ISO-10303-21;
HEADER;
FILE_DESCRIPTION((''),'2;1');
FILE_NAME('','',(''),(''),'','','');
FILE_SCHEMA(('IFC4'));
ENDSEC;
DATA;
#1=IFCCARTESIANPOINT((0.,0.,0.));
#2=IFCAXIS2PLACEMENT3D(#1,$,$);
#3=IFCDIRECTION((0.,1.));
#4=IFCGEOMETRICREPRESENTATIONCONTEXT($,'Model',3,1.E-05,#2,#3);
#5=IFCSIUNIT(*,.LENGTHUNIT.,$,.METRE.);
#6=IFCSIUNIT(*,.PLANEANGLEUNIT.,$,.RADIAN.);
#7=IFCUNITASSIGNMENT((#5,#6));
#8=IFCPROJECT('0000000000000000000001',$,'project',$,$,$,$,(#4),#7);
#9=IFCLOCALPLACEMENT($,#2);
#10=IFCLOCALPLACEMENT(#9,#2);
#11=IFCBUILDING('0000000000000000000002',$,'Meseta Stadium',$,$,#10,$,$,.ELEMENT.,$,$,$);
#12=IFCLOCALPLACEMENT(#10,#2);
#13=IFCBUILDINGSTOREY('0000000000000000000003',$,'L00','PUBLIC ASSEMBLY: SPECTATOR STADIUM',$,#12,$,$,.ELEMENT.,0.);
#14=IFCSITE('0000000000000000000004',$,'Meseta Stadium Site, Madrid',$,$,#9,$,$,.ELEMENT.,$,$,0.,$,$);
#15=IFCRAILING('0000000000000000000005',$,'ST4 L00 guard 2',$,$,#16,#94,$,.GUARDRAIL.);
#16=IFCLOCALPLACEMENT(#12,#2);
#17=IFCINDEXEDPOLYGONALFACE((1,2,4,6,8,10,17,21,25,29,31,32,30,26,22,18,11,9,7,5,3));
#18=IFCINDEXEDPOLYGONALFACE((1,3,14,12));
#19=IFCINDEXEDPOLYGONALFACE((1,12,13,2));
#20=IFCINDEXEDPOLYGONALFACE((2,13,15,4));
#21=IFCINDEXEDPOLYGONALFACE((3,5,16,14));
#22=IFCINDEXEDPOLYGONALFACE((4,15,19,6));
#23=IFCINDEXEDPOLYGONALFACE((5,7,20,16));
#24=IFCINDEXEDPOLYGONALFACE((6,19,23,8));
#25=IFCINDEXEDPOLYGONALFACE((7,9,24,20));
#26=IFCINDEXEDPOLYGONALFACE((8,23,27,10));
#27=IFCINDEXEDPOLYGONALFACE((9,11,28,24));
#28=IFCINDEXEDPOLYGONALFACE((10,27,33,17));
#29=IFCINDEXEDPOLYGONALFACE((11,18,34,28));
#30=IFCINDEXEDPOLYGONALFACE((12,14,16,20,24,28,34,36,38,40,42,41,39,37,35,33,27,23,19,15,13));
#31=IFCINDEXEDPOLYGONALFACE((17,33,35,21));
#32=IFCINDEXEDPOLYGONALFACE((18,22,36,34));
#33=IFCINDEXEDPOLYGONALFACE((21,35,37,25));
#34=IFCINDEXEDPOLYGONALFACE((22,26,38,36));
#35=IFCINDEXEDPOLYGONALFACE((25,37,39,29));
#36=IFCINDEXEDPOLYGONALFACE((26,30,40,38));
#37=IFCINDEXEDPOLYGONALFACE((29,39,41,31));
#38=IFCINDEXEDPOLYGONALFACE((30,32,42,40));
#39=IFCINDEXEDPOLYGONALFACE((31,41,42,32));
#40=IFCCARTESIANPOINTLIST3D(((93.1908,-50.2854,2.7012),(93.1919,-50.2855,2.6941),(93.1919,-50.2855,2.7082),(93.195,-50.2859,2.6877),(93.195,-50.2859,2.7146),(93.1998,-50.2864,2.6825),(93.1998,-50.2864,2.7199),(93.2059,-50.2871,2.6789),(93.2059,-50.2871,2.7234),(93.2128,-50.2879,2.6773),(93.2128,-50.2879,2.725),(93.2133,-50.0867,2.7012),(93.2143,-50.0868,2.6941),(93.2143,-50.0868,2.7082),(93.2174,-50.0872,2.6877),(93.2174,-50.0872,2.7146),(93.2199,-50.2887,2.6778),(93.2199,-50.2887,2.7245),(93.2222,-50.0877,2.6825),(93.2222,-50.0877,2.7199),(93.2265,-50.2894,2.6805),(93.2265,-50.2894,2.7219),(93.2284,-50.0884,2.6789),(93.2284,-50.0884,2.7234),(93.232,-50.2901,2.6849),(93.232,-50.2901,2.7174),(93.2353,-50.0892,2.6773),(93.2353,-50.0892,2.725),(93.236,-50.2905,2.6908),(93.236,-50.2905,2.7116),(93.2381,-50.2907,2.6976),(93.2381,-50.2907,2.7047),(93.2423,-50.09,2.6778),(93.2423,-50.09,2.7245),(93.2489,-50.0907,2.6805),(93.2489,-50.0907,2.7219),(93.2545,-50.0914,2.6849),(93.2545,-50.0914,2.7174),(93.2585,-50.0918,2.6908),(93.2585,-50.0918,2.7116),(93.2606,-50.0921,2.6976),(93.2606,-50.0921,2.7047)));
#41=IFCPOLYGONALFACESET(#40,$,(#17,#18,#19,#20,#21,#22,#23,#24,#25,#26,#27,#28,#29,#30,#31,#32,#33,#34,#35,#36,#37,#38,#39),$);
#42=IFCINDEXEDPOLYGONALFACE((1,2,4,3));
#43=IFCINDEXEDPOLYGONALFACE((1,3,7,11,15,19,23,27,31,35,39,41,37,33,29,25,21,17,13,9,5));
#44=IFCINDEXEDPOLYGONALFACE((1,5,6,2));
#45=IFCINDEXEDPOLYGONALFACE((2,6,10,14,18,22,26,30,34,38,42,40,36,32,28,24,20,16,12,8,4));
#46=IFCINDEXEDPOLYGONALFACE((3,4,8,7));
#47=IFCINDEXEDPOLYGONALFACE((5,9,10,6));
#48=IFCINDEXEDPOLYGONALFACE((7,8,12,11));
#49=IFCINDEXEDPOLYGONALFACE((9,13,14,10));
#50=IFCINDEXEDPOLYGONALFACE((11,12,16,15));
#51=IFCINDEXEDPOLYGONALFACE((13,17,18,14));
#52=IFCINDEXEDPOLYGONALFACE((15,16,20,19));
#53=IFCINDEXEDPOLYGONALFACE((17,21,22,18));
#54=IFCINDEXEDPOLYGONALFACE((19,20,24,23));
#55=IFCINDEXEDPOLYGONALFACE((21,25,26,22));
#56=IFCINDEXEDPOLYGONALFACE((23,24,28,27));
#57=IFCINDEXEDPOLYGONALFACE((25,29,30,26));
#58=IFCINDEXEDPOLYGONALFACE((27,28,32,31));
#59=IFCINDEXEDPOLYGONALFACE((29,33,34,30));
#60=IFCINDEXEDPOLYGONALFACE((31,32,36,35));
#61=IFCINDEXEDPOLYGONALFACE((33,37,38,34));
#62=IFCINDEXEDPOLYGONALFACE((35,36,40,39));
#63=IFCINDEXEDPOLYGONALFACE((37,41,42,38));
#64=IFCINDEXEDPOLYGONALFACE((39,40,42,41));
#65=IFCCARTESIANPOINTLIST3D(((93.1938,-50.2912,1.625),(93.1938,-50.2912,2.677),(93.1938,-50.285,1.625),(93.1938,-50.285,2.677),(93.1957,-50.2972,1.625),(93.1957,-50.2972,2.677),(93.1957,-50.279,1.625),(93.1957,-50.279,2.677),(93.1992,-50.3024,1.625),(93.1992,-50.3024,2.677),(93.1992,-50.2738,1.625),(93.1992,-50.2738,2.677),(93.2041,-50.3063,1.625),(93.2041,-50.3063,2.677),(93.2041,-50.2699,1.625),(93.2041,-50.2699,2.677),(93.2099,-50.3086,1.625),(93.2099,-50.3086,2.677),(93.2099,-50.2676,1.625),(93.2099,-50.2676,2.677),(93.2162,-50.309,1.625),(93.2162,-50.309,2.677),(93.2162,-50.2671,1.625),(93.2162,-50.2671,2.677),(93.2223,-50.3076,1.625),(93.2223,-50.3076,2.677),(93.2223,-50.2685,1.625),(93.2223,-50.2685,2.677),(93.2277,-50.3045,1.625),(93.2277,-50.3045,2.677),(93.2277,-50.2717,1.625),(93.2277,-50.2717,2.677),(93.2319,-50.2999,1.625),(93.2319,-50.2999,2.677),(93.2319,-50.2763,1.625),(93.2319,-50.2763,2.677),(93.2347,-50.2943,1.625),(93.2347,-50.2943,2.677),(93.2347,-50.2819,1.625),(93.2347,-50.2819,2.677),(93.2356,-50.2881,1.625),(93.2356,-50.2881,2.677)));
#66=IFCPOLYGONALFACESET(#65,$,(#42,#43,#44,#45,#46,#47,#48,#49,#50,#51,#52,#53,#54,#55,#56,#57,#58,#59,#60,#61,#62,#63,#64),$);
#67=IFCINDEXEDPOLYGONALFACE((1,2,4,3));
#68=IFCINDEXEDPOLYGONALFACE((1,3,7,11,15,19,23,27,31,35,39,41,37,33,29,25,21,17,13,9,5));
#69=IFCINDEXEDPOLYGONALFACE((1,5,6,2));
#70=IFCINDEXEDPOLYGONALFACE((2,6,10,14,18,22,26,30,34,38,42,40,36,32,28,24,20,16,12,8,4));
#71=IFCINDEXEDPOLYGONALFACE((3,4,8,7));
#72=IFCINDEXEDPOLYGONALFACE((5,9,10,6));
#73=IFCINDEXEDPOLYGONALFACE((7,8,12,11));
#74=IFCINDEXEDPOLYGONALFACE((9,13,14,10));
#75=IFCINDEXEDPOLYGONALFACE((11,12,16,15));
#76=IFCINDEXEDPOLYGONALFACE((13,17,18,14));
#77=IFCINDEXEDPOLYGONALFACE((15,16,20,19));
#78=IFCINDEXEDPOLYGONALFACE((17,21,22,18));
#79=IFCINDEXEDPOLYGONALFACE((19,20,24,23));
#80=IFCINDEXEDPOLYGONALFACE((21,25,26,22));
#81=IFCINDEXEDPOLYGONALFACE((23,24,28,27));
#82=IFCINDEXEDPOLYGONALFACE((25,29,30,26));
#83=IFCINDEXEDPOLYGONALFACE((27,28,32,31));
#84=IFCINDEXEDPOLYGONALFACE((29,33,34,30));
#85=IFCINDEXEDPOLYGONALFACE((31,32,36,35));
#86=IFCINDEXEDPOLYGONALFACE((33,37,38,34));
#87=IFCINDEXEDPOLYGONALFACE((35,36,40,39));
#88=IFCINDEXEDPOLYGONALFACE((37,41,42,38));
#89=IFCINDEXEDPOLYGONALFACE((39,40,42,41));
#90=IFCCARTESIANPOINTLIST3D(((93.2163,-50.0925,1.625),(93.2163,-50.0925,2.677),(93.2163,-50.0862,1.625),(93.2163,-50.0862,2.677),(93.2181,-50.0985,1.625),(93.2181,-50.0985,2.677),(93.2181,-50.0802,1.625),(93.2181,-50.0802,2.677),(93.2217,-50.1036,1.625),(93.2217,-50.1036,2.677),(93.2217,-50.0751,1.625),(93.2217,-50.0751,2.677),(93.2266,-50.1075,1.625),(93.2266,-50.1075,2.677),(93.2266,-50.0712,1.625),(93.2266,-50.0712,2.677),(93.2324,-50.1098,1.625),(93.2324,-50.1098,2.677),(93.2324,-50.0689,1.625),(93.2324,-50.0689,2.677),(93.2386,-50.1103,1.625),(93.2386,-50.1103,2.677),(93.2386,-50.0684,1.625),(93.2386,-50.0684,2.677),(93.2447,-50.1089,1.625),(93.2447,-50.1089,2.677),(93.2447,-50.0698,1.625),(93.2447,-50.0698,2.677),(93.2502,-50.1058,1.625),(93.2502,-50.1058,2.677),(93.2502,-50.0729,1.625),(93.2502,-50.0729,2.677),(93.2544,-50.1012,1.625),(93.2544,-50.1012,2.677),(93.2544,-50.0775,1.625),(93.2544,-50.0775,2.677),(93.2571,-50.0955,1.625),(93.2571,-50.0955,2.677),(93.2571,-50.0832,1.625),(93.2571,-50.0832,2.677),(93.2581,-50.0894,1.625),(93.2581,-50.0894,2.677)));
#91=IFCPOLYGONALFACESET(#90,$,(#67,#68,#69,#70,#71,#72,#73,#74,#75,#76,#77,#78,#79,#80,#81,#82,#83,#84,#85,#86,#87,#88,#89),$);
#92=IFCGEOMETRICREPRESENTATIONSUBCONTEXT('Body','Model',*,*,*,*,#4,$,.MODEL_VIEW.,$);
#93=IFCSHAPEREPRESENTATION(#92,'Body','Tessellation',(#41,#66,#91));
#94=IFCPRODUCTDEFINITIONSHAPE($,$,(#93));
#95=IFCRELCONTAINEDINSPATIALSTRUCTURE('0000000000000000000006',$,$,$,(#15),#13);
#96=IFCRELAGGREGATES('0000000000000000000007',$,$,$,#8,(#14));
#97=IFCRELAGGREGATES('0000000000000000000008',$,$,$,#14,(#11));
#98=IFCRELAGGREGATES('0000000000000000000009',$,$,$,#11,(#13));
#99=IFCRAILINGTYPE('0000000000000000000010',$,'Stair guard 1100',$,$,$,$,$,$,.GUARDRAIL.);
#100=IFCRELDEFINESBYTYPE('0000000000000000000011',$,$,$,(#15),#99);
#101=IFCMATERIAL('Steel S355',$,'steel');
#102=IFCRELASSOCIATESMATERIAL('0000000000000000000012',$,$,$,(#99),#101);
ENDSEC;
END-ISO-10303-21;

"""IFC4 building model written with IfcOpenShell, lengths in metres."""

from ifc_helpers import new_model, si_unit, direction, frame, origin, origin_2d, place, context, subcontext, project, spatial, circle, extrude, material, type_object, element, save


model = new_model("IFC4")

# Units and contexts
model_context = context("Model", 3, precision=1e-05, world=origin(), true_north=direction((0.0, 1.0)))
body_context = subcontext(model_context, "Body", "Model", "MODEL_VIEW")
ifc_project = project(units=[si_unit("LENGTHUNIT", "METRE"), si_unit("PLANEANGLEUNIT", "RADIAN")], contexts=[model_context])

# Site, building, storey
site_placement = place(None, origin())
site = spatial("IfcSite", under=ifc_project, at=site_placement, Name="Meseta Stadium Site, Madrid", CompositionType="ELEMENT", RefElevation=0.0)
building_placement = place(site_placement, origin())
building = spatial("IfcBuilding", under=site, at=building_placement, Name="Meseta Stadium", CompositionType="ELEMENT")
storey_placement = place(building_placement, origin())
storey = spatial("IfcBuildingStorey", under=building, at=storey_placement, Name="L00", Description="PUBLIC ASSEMBLY: SPECTATOR STADIUM", CompositionType="ELEMENT", Elevation=0.0)

# Railing
ifc_material_1 = material(Name="Steel S355", Category="steel")
railing_type_1 = type_object("IfcRailingType", Name="Stair guard 1100", PredefinedType="GUARDRAIL", material=ifc_material_1)
railing_1_placement = place(storey_placement, frame((93.2146, -50.2881, 1.625)))
element("IfcRailing", 1, at=railing_1_placement, inside=storey, type_object=railing_type_1, Name="ST4 L00 guard 2", PredefinedType="GUARDRAIL", context=body_context, shape_type="SweptSolid", body=[
    extrude(circle(Radius=0.0239, at=origin_2d()), frame((0.0, 0.0, 1.0762), z_axis=(0.112307, 0.993674, 0.0), x_axis=(-0.993674, 0.112307, 0.0)), (0.0, 0.0, 1.0), 0.2),
    extrude(circle(Radius=0.021, at=origin_2d()), origin(), (0.0, 0.0, 1.0), 1.052),
    extrude(circle(Radius=0.021, at=origin_2d()), frame((0.0225, 0.1987, 0.0)), (0.0, 0.0, 1.0), 1.052),
])

save(model, "model.ifc")
